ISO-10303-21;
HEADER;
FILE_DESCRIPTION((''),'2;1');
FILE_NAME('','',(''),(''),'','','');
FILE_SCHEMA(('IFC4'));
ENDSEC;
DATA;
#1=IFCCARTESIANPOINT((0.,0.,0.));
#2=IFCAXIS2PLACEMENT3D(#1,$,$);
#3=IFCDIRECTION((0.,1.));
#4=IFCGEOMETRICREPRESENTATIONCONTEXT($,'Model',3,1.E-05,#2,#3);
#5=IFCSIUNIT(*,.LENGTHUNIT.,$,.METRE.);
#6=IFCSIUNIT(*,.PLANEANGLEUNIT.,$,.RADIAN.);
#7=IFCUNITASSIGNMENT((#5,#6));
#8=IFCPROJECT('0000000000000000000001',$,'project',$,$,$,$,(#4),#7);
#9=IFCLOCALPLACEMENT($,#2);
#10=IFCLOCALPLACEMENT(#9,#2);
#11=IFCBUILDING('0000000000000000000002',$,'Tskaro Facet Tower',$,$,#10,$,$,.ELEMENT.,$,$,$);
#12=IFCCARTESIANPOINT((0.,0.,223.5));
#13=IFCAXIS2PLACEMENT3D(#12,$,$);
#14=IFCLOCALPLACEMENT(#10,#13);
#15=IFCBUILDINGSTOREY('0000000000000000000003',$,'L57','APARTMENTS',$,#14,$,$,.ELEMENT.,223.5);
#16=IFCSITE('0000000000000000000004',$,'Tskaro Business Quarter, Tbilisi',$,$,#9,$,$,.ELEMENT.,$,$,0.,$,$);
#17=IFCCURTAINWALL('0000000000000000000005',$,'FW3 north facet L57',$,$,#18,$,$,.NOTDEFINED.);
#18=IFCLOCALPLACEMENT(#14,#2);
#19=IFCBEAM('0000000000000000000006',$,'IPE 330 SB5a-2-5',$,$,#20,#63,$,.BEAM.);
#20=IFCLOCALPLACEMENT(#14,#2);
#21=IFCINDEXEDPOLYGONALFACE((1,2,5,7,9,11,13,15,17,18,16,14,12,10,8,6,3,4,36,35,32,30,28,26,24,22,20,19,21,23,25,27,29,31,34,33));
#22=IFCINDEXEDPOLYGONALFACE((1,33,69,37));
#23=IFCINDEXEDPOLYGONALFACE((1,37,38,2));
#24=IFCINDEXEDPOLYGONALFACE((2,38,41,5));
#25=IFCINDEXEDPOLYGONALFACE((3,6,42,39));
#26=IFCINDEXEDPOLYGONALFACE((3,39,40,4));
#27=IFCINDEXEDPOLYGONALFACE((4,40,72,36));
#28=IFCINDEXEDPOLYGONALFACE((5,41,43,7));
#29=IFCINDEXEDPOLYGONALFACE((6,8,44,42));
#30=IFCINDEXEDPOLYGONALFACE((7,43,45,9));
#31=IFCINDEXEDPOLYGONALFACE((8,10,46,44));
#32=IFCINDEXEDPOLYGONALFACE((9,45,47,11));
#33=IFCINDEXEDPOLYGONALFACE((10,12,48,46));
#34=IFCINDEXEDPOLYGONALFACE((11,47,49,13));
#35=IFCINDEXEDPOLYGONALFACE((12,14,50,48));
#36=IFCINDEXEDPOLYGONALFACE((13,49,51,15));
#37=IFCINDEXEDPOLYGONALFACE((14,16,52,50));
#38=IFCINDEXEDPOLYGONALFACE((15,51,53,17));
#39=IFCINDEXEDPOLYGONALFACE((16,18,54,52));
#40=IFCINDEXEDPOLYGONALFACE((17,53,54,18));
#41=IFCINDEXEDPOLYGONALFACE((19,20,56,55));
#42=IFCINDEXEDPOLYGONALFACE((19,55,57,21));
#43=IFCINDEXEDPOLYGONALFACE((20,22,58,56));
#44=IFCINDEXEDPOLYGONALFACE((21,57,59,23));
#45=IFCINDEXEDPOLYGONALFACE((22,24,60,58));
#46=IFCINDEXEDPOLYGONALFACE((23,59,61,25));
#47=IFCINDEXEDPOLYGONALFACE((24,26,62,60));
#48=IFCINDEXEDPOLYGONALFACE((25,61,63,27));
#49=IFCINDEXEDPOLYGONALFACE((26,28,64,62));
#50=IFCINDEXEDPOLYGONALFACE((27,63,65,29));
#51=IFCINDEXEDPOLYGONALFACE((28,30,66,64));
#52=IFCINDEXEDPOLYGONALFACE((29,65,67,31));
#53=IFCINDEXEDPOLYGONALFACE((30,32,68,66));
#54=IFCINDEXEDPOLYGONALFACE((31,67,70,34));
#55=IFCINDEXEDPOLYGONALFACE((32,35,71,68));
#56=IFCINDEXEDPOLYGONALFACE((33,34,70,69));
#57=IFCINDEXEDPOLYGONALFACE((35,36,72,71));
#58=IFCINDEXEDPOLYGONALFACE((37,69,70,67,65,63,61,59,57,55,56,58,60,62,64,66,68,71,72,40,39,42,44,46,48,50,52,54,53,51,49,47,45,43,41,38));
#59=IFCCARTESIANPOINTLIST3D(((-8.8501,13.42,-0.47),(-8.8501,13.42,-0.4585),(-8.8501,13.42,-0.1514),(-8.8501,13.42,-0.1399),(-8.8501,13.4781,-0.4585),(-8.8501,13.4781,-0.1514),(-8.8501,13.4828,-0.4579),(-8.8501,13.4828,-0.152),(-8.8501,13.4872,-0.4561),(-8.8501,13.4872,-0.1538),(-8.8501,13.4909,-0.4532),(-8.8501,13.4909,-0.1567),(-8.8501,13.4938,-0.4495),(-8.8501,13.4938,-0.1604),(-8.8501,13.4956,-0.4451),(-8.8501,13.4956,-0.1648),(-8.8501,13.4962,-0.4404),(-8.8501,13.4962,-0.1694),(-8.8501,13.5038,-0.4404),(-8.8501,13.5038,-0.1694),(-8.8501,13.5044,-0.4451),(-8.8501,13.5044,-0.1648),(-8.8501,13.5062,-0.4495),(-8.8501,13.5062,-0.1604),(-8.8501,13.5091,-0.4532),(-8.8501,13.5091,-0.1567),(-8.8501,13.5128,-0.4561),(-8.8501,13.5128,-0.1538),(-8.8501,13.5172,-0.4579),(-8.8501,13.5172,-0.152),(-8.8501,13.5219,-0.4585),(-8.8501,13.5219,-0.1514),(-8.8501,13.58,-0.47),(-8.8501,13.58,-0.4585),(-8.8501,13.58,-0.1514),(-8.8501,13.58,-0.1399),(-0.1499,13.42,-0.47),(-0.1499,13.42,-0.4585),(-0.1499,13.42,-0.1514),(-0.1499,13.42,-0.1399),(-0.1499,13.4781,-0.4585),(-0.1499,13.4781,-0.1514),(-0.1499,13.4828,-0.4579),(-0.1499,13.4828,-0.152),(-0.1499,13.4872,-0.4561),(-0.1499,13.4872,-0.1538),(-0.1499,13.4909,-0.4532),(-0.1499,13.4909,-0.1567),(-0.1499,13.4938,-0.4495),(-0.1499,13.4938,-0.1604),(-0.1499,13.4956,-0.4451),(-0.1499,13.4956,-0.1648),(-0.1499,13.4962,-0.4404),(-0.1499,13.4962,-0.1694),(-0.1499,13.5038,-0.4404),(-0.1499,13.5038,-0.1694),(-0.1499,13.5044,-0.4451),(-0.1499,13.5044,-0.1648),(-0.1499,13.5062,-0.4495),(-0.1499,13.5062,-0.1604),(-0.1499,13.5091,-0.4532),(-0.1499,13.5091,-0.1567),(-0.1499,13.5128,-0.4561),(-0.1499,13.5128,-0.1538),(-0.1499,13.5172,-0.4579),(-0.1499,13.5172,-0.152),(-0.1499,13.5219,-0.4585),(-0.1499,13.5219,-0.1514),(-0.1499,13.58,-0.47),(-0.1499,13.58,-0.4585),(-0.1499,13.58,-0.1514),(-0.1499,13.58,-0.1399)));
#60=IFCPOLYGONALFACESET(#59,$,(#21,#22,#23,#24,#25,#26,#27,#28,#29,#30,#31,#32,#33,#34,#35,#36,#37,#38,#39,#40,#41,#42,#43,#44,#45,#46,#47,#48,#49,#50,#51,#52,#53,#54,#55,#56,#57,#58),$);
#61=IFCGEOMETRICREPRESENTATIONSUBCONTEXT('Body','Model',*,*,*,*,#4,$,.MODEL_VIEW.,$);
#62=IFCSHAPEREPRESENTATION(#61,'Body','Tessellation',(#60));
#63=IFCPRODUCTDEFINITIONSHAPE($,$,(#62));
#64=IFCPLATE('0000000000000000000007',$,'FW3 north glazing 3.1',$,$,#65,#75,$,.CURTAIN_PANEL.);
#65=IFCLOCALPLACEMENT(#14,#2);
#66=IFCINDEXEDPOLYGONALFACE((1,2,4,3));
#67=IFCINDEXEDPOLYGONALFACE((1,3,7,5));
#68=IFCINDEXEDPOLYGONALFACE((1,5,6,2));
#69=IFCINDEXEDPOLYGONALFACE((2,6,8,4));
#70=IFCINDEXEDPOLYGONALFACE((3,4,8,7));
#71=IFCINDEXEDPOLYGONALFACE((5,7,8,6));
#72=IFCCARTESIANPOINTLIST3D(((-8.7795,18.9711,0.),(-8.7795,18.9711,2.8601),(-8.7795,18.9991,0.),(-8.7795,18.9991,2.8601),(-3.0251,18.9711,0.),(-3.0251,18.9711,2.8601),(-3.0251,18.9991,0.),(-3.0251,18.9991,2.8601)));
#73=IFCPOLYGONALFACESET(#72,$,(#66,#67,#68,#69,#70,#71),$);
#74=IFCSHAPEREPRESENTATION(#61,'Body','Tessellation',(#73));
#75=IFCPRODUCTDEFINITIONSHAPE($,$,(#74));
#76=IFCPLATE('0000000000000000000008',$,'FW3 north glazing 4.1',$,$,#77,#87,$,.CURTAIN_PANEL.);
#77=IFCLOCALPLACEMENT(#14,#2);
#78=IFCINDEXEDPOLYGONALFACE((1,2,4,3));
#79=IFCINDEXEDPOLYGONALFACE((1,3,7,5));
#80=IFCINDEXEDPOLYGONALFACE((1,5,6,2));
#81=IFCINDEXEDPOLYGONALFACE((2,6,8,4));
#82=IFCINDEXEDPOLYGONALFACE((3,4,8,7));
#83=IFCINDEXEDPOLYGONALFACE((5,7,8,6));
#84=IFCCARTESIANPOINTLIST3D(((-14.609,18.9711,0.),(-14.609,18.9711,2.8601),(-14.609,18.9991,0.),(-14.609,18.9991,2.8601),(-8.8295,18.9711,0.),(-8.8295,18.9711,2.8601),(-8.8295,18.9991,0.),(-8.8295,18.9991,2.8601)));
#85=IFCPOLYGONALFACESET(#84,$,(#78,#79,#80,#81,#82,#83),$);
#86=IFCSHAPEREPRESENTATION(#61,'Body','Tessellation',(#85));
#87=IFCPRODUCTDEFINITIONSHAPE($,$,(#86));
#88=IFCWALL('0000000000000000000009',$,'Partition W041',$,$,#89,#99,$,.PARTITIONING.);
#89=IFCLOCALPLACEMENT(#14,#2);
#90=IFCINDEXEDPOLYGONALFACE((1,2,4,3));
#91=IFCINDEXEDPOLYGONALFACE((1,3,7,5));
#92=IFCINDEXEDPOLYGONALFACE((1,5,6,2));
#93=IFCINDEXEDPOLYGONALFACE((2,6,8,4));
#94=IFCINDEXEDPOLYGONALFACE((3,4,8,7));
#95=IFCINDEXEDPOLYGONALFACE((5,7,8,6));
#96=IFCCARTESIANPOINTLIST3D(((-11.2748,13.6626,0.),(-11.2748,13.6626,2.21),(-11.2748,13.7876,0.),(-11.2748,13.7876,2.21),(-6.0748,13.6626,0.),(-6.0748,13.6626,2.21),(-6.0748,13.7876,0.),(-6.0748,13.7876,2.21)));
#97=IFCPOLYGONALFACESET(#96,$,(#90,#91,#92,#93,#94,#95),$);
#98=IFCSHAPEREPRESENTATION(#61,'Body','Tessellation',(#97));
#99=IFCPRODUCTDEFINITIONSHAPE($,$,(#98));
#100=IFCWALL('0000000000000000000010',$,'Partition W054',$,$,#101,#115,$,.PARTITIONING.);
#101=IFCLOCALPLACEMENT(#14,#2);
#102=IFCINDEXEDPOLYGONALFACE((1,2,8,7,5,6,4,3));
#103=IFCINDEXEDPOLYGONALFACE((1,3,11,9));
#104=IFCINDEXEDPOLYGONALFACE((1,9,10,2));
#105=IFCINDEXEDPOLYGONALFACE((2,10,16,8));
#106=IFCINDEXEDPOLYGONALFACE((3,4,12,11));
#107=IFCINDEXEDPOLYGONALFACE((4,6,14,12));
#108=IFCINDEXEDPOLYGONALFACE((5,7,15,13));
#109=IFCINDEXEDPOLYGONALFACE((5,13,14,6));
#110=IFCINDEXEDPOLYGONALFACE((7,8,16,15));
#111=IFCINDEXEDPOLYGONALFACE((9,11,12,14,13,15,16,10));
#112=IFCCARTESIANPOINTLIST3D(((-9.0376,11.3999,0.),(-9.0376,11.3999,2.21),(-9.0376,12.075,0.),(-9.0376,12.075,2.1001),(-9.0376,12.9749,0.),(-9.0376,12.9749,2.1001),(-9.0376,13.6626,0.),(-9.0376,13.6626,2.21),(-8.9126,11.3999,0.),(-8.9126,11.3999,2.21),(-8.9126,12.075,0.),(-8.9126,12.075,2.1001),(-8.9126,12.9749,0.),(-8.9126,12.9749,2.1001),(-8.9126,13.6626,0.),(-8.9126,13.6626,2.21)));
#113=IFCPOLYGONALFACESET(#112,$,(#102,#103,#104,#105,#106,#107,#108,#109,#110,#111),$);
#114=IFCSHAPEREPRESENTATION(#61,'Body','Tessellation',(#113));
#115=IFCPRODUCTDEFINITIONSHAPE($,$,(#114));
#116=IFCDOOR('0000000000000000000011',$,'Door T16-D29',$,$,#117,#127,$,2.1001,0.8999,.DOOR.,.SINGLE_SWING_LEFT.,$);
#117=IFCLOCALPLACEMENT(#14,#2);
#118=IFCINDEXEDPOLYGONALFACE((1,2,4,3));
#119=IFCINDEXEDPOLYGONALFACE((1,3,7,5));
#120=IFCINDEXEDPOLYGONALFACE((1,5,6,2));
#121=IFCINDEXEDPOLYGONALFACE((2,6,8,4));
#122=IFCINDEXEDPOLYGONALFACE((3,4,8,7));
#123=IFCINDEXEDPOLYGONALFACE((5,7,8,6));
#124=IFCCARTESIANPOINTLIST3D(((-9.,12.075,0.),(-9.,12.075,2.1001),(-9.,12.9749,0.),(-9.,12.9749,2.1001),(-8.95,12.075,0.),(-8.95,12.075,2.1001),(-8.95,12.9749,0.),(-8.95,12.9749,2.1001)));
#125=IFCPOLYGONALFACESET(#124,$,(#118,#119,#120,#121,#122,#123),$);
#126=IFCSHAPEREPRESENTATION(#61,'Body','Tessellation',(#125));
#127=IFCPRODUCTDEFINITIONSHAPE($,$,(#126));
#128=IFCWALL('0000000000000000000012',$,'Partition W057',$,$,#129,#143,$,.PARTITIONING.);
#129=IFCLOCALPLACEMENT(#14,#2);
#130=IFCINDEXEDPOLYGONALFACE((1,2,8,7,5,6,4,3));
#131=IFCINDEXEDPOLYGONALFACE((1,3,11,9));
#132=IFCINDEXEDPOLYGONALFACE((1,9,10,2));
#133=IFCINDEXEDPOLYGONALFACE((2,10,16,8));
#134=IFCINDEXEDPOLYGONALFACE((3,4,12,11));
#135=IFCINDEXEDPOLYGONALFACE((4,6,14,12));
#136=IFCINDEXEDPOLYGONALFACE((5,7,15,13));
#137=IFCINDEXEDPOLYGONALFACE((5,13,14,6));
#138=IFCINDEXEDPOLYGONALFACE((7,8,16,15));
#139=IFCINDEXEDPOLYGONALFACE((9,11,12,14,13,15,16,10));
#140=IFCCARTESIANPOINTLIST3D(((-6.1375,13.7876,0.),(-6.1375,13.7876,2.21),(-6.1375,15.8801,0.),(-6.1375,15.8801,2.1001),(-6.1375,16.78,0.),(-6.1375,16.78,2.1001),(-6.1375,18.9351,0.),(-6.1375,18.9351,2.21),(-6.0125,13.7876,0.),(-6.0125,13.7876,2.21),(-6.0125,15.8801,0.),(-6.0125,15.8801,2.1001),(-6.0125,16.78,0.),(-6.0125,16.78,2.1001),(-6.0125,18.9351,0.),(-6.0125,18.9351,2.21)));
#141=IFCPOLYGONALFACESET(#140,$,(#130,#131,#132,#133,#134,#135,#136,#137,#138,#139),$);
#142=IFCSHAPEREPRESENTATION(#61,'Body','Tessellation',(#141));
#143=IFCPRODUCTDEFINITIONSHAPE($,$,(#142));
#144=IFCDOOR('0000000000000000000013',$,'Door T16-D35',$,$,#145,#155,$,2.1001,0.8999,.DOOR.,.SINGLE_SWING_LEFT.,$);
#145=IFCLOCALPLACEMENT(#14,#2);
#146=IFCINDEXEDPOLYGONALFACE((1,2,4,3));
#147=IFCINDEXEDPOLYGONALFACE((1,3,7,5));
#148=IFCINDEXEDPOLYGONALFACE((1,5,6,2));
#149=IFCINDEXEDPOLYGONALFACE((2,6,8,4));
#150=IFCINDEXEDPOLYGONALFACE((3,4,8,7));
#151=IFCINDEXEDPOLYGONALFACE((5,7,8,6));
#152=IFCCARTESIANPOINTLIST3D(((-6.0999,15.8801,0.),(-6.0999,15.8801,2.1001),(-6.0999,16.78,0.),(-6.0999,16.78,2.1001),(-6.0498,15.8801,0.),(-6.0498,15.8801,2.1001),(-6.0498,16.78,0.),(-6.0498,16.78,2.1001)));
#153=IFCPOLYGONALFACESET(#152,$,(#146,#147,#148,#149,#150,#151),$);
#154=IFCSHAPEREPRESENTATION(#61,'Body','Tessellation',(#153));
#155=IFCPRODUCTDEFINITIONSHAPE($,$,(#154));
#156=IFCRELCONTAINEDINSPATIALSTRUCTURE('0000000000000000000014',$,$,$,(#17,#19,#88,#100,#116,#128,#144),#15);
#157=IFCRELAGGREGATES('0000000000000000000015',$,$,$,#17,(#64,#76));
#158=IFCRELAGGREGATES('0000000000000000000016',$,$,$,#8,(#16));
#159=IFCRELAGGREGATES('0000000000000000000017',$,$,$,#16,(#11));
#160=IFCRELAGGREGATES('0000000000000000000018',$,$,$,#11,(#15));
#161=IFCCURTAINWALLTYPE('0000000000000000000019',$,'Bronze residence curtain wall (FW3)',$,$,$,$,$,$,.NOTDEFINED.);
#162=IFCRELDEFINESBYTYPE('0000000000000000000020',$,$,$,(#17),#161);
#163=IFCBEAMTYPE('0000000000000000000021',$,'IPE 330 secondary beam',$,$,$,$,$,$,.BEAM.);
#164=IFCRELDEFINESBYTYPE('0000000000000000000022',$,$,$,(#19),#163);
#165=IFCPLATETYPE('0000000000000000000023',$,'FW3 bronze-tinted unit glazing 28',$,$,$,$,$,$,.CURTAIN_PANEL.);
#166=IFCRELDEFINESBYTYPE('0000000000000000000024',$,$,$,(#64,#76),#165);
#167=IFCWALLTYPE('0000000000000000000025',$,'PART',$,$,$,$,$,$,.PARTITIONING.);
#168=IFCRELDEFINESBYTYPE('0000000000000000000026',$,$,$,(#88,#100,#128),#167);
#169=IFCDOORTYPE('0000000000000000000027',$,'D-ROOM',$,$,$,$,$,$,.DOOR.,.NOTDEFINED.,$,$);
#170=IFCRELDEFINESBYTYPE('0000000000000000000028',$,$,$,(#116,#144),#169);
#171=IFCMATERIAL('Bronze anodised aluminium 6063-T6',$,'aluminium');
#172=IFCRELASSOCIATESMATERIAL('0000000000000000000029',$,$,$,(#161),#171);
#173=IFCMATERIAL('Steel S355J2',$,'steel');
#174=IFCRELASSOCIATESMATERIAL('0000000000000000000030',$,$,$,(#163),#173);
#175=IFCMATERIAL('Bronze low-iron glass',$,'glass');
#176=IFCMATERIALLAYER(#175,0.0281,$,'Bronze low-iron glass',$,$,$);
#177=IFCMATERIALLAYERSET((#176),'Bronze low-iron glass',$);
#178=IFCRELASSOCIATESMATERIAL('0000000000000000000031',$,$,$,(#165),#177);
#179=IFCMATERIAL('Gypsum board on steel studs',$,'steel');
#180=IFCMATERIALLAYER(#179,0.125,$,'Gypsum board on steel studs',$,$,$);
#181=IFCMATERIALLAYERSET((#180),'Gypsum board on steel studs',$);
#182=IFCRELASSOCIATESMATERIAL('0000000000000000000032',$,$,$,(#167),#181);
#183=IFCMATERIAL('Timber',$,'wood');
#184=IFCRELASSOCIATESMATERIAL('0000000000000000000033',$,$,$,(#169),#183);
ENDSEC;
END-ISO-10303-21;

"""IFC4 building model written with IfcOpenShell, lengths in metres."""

from ifc_helpers import new_model, si_unit, direction, frame, frame_2d, origin, origin_2d, place, context, subcontext, project, spatial, rectangle, i_section, extrude, material, layer, layer_set, material_profile, profile_set, type_object, element, fill, aggregate, save


model = new_model("IFC4")

# Units and contexts
model_context = context("Model", 3, precision=1e-05, world=origin(), true_north=direction((0.0, 1.0)))
body_context = subcontext(model_context, "Body", "Model", "MODEL_VIEW")
ifc_project = project(units=[si_unit("LENGTHUNIT", "METRE"), si_unit("PLANEANGLEUNIT", "RADIAN")], contexts=[model_context])

# Site, building, storey
site_placement = place(None, origin())
site = spatial("IfcSite", under=ifc_project, at=site_placement, Name="Tskaro Business Quarter, Tbilisi", CompositionType="ELEMENT", RefElevation=0.0)
building_placement = place(site_placement, origin())
building = spatial("IfcBuilding", under=site, at=building_placement, Name="Tskaro Facet Tower", CompositionType="ELEMENT")
storey_placement = place(building_placement, frame((0.0, 0.0, 223.5)))
storey = spatial("IfcBuildingStorey", under=building, at=storey_placement, Name="L57", Description="APARTMENTS", CompositionType="ELEMENT", Elevation=223.5)

# Curtain wall
ifc_material_1 = material(Name="Bronze anodised aluminium 6063-T6", Category="aluminium")
curtain_wall_type = type_object("IfcCurtainWallType", Name="Bronze residence curtain wall (FW3)", PredefinedType="NOTDEFINED", material=ifc_material_1)
curtain_wall_placement = place(storey_placement, origin())
curtain_wall = element("IfcCurtainWall", 1, at=curtain_wall_placement, inside=storey, type_object=curtain_wall_type, Name="FW3 north facet L57", PredefinedType="NOTDEFINED")

# Beam
ifc_material_2 = material(Name="Steel S355J2", Category="steel")
ifc_material_profile_1 = material_profile(ifc_material_2, i_section(OverallWidth=0.1599, OverallDepth=0.3301, WebThickness=0.0076, FlangeThickness=0.0115, FilletRadius=0.0181, at=origin_2d()), Name="IPE 330")
ifc_profile_set_1 = profile_set([ifc_material_profile_1], Name="Steel S355J2")
beam_type_1 = type_object("IfcBeamType", Name="IPE 330 secondary beam", PredefinedType="BEAM", material=ifc_profile_set_1)
beam_1_placement = place(storey_placement, frame((-8.8501, 13.5, -0.3049), z_axis=(1.0, 0.0, 0.0), x_axis=(0.0, 1.0, 0.0)))
element("IfcBeam", 2, at=beam_1_placement, inside=storey, type_object=beam_type_1, Name="IPE 330 SB5a-2-5", PredefinedType="BEAM", context=body_context, shape_type="SweptSolid", body=[
    extrude(i_section(OverallWidth=0.1599, OverallDepth=0.3301, WebThickness=0.0076, FlangeThickness=0.0115, FilletRadius=0.0181, at=origin_2d()), origin(), (0.0, 0.0, 1.0), 8.7002),
])

# Plates
ifc_material_3 = material(Name="Bronze low-iron glass", Category="glass")
ifc_layer_1 = layer(ifc_material_3, 0.0281, Name="Bronze low-iron glass")
ifc_layer_set_1 = layer_set([ifc_layer_1], Name="Bronze low-iron glass")
plate_type = type_object("IfcPlateType", Name="FW3 bronze-tinted unit glazing 28", PredefinedType="CURTAIN_PANEL", material=ifc_layer_set_1)
plate_1_placement = place(storey_placement, frame((-5.9023, 18.9851, 0.0), z_axis=(0.0, 0.0, 1.0), x_axis=(-1.0, 0.0, 0.0)))
plate_1 = element("IfcPlate", 3, at=plate_1_placement, type_object=plate_type, Name="FW3 north glazing 3.1", PredefinedType="CURTAIN_PANEL", context=body_context, shape_type="SweptSolid", body=[
    extrude(rectangle(XDim=5.7544, YDim=0.0281, at=origin_2d()), origin(), (0.0, 0.0, 1.0), 2.8601),
])
plate_2_placement = place(storey_placement, frame((-11.7192, 18.9851, 0.0), z_axis=(0.0, 0.0, 1.0), x_axis=(-1.0, 0.0, 0.0)))
plate_2 = element("IfcPlate", 4, at=plate_2_placement, type_object=plate_type, Name="FW3 north glazing 4.1", PredefinedType="CURTAIN_PANEL", context=body_context, shape_type="SweptSolid", body=[
    extrude(rectangle(XDim=5.7795, YDim=0.0281, at=origin_2d()), origin(), (0.0, 0.0, 1.0), 2.8601),
])
aggregate(curtain_wall, [plate_1, plate_2])

# Wall
ifc_material_4 = material(Name="Gypsum board on steel studs", Category="steel")
ifc_layer_2 = layer(ifc_material_4, 0.125, Name="Gypsum board on steel studs")
ifc_layer_set_2 = layer_set([ifc_layer_2], Name="Gypsum board on steel studs")
wall_type_1 = type_object("IfcWallType", Name="PART", PredefinedType="PARTITIONING", material=ifc_layer_set_2)
wall_1_placement = place(storey_placement, frame((-11.2749, 13.7251, 0.0), z_axis=(0.0, 0.0, 1.0), x_axis=(1.0, 0.0, 0.0)))
element("IfcWall", 5, at=wall_1_placement, inside=storey, type_object=wall_type_1, Name="Partition W041", PredefinedType="PARTITIONING", context=body_context, shape_type="SweptSolid", body=[
    extrude(rectangle(XDim=5.2, YDim=0.125, at=frame_2d((2.6001, 0.0))), origin(), (0.0, 0.0, 1.0), 2.21),
])

# Walls, openings, doors
wall_2_placement = place(storey_placement, frame((-8.9751, 11.3999, 0.0), z_axis=(0.0, 0.0, 1.0), x_axis=(0.0, 1.0, 0.0)))
wall_2 = element("IfcWall", 6, at=wall_2_placement, inside=storey, type_object=wall_type_1, Name="Partition W054", PredefinedType="PARTITIONING", context=body_context, shape_type="SweptSolid", body=[
    extrude(rectangle(XDim=2.2627, YDim=0.125, at=frame_2d((1.1313, 0.0))), origin(), (0.0, 0.0, 1.0), 2.21),
])
opening_1_placement = place(wall_2_placement, frame((0.675, 0.0, 0.0)))
opening_1 = element("IfcOpeningElement", 7, at=opening_1_placement, cuts=wall_2, PredefinedType="OPENING", context=body_context, shape_type="SweptSolid", body=[
    extrude(rectangle(XDim=0.8999, YDim=2.1001, at=frame_2d((0.45, 1.05))), frame((0.0, 0.0725, 0.0), z_axis=(0.0, -1.0, 0.0), x_axis=(1.0, 0.0, 0.0)), (0.0, 0.0, 1.0), 0.145),
])
ifc_material_5 = material(Name="Timber", Category="wood")
door_type_1 = type_object("IfcDoorType", Name="D-ROOM", OperationType="NOTDEFINED", PredefinedType="DOOR", material=ifc_material_5)
door_1_placement = place(opening_1_placement, origin())
door_1 = element("IfcDoor", 8, at=door_1_placement, inside=storey, type_object=door_type_1, Name="Door T16-D29", OperationType="SINGLE_SWING_LEFT", OverallHeight=2.1001, OverallWidth=0.8999, PredefinedType="DOOR", context=body_context, shape_type="SweptSolid", body=[
    extrude(rectangle(XDim=0.8999, YDim=2.1001, at=frame_2d((0.45, 1.05))), frame((0.0, 0.0249, 0.0), z_axis=(0.0, -1.0, 0.0), x_axis=(1.0, 0.0, 0.0)), (0.0, 0.0, 1.0), 0.05),
])
fill(opening_1, door_1)
wall_3_placement = place(storey_placement, frame((-6.075, 13.7876, 0.0), z_axis=(0.0, 0.0, 1.0), x_axis=(0.0, 1.0, 0.0)))
wall_3 = element("IfcWall", 9, at=wall_3_placement, inside=storey, type_object=wall_type_1, Name="Partition W057", PredefinedType="PARTITIONING", context=body_context, shape_type="SweptSolid", body=[
    extrude(rectangle(XDim=5.1475, YDim=0.125, at=frame_2d((2.5737, 0.0))), origin(), (0.0, 0.0, 1.0), 2.21),
])
opening_2_placement = place(wall_3_placement, frame((2.0925, 0.0, 0.0)))
opening_2 = element("IfcOpeningElement", 10, at=opening_2_placement, cuts=wall_3, PredefinedType="OPENING", context=body_context, shape_type="SweptSolid", body=[
    extrude(rectangle(XDim=0.8999, YDim=2.1001, at=frame_2d((0.45, 1.05))), frame((0.0, 0.0725, 0.0), z_axis=(0.0, -1.0, 0.0), x_axis=(1.0, 0.0, 0.0)), (0.0, 0.0, 1.0), 0.145),
])
door_2_placement = place(opening_2_placement, origin())
door_2 = element("IfcDoor", 11, at=door_2_placement, inside=storey, type_object=door_type_1, Name="Door T16-D35", OperationType="SINGLE_SWING_LEFT", OverallHeight=2.1001, OverallWidth=0.8999, PredefinedType="DOOR", context=body_context, shape_type="SweptSolid", body=[
    extrude(rectangle(XDim=0.8999, YDim=2.1001, at=frame_2d((0.45, 1.05))), frame((0.0, 0.0249, 0.0), z_axis=(0.0, -1.0, 0.0), x_axis=(1.0, 0.0, 0.0)), (0.0, 0.0, 1.0), 0.05),
])
fill(opening_2, door_2)

save(model, "model.ifc")
